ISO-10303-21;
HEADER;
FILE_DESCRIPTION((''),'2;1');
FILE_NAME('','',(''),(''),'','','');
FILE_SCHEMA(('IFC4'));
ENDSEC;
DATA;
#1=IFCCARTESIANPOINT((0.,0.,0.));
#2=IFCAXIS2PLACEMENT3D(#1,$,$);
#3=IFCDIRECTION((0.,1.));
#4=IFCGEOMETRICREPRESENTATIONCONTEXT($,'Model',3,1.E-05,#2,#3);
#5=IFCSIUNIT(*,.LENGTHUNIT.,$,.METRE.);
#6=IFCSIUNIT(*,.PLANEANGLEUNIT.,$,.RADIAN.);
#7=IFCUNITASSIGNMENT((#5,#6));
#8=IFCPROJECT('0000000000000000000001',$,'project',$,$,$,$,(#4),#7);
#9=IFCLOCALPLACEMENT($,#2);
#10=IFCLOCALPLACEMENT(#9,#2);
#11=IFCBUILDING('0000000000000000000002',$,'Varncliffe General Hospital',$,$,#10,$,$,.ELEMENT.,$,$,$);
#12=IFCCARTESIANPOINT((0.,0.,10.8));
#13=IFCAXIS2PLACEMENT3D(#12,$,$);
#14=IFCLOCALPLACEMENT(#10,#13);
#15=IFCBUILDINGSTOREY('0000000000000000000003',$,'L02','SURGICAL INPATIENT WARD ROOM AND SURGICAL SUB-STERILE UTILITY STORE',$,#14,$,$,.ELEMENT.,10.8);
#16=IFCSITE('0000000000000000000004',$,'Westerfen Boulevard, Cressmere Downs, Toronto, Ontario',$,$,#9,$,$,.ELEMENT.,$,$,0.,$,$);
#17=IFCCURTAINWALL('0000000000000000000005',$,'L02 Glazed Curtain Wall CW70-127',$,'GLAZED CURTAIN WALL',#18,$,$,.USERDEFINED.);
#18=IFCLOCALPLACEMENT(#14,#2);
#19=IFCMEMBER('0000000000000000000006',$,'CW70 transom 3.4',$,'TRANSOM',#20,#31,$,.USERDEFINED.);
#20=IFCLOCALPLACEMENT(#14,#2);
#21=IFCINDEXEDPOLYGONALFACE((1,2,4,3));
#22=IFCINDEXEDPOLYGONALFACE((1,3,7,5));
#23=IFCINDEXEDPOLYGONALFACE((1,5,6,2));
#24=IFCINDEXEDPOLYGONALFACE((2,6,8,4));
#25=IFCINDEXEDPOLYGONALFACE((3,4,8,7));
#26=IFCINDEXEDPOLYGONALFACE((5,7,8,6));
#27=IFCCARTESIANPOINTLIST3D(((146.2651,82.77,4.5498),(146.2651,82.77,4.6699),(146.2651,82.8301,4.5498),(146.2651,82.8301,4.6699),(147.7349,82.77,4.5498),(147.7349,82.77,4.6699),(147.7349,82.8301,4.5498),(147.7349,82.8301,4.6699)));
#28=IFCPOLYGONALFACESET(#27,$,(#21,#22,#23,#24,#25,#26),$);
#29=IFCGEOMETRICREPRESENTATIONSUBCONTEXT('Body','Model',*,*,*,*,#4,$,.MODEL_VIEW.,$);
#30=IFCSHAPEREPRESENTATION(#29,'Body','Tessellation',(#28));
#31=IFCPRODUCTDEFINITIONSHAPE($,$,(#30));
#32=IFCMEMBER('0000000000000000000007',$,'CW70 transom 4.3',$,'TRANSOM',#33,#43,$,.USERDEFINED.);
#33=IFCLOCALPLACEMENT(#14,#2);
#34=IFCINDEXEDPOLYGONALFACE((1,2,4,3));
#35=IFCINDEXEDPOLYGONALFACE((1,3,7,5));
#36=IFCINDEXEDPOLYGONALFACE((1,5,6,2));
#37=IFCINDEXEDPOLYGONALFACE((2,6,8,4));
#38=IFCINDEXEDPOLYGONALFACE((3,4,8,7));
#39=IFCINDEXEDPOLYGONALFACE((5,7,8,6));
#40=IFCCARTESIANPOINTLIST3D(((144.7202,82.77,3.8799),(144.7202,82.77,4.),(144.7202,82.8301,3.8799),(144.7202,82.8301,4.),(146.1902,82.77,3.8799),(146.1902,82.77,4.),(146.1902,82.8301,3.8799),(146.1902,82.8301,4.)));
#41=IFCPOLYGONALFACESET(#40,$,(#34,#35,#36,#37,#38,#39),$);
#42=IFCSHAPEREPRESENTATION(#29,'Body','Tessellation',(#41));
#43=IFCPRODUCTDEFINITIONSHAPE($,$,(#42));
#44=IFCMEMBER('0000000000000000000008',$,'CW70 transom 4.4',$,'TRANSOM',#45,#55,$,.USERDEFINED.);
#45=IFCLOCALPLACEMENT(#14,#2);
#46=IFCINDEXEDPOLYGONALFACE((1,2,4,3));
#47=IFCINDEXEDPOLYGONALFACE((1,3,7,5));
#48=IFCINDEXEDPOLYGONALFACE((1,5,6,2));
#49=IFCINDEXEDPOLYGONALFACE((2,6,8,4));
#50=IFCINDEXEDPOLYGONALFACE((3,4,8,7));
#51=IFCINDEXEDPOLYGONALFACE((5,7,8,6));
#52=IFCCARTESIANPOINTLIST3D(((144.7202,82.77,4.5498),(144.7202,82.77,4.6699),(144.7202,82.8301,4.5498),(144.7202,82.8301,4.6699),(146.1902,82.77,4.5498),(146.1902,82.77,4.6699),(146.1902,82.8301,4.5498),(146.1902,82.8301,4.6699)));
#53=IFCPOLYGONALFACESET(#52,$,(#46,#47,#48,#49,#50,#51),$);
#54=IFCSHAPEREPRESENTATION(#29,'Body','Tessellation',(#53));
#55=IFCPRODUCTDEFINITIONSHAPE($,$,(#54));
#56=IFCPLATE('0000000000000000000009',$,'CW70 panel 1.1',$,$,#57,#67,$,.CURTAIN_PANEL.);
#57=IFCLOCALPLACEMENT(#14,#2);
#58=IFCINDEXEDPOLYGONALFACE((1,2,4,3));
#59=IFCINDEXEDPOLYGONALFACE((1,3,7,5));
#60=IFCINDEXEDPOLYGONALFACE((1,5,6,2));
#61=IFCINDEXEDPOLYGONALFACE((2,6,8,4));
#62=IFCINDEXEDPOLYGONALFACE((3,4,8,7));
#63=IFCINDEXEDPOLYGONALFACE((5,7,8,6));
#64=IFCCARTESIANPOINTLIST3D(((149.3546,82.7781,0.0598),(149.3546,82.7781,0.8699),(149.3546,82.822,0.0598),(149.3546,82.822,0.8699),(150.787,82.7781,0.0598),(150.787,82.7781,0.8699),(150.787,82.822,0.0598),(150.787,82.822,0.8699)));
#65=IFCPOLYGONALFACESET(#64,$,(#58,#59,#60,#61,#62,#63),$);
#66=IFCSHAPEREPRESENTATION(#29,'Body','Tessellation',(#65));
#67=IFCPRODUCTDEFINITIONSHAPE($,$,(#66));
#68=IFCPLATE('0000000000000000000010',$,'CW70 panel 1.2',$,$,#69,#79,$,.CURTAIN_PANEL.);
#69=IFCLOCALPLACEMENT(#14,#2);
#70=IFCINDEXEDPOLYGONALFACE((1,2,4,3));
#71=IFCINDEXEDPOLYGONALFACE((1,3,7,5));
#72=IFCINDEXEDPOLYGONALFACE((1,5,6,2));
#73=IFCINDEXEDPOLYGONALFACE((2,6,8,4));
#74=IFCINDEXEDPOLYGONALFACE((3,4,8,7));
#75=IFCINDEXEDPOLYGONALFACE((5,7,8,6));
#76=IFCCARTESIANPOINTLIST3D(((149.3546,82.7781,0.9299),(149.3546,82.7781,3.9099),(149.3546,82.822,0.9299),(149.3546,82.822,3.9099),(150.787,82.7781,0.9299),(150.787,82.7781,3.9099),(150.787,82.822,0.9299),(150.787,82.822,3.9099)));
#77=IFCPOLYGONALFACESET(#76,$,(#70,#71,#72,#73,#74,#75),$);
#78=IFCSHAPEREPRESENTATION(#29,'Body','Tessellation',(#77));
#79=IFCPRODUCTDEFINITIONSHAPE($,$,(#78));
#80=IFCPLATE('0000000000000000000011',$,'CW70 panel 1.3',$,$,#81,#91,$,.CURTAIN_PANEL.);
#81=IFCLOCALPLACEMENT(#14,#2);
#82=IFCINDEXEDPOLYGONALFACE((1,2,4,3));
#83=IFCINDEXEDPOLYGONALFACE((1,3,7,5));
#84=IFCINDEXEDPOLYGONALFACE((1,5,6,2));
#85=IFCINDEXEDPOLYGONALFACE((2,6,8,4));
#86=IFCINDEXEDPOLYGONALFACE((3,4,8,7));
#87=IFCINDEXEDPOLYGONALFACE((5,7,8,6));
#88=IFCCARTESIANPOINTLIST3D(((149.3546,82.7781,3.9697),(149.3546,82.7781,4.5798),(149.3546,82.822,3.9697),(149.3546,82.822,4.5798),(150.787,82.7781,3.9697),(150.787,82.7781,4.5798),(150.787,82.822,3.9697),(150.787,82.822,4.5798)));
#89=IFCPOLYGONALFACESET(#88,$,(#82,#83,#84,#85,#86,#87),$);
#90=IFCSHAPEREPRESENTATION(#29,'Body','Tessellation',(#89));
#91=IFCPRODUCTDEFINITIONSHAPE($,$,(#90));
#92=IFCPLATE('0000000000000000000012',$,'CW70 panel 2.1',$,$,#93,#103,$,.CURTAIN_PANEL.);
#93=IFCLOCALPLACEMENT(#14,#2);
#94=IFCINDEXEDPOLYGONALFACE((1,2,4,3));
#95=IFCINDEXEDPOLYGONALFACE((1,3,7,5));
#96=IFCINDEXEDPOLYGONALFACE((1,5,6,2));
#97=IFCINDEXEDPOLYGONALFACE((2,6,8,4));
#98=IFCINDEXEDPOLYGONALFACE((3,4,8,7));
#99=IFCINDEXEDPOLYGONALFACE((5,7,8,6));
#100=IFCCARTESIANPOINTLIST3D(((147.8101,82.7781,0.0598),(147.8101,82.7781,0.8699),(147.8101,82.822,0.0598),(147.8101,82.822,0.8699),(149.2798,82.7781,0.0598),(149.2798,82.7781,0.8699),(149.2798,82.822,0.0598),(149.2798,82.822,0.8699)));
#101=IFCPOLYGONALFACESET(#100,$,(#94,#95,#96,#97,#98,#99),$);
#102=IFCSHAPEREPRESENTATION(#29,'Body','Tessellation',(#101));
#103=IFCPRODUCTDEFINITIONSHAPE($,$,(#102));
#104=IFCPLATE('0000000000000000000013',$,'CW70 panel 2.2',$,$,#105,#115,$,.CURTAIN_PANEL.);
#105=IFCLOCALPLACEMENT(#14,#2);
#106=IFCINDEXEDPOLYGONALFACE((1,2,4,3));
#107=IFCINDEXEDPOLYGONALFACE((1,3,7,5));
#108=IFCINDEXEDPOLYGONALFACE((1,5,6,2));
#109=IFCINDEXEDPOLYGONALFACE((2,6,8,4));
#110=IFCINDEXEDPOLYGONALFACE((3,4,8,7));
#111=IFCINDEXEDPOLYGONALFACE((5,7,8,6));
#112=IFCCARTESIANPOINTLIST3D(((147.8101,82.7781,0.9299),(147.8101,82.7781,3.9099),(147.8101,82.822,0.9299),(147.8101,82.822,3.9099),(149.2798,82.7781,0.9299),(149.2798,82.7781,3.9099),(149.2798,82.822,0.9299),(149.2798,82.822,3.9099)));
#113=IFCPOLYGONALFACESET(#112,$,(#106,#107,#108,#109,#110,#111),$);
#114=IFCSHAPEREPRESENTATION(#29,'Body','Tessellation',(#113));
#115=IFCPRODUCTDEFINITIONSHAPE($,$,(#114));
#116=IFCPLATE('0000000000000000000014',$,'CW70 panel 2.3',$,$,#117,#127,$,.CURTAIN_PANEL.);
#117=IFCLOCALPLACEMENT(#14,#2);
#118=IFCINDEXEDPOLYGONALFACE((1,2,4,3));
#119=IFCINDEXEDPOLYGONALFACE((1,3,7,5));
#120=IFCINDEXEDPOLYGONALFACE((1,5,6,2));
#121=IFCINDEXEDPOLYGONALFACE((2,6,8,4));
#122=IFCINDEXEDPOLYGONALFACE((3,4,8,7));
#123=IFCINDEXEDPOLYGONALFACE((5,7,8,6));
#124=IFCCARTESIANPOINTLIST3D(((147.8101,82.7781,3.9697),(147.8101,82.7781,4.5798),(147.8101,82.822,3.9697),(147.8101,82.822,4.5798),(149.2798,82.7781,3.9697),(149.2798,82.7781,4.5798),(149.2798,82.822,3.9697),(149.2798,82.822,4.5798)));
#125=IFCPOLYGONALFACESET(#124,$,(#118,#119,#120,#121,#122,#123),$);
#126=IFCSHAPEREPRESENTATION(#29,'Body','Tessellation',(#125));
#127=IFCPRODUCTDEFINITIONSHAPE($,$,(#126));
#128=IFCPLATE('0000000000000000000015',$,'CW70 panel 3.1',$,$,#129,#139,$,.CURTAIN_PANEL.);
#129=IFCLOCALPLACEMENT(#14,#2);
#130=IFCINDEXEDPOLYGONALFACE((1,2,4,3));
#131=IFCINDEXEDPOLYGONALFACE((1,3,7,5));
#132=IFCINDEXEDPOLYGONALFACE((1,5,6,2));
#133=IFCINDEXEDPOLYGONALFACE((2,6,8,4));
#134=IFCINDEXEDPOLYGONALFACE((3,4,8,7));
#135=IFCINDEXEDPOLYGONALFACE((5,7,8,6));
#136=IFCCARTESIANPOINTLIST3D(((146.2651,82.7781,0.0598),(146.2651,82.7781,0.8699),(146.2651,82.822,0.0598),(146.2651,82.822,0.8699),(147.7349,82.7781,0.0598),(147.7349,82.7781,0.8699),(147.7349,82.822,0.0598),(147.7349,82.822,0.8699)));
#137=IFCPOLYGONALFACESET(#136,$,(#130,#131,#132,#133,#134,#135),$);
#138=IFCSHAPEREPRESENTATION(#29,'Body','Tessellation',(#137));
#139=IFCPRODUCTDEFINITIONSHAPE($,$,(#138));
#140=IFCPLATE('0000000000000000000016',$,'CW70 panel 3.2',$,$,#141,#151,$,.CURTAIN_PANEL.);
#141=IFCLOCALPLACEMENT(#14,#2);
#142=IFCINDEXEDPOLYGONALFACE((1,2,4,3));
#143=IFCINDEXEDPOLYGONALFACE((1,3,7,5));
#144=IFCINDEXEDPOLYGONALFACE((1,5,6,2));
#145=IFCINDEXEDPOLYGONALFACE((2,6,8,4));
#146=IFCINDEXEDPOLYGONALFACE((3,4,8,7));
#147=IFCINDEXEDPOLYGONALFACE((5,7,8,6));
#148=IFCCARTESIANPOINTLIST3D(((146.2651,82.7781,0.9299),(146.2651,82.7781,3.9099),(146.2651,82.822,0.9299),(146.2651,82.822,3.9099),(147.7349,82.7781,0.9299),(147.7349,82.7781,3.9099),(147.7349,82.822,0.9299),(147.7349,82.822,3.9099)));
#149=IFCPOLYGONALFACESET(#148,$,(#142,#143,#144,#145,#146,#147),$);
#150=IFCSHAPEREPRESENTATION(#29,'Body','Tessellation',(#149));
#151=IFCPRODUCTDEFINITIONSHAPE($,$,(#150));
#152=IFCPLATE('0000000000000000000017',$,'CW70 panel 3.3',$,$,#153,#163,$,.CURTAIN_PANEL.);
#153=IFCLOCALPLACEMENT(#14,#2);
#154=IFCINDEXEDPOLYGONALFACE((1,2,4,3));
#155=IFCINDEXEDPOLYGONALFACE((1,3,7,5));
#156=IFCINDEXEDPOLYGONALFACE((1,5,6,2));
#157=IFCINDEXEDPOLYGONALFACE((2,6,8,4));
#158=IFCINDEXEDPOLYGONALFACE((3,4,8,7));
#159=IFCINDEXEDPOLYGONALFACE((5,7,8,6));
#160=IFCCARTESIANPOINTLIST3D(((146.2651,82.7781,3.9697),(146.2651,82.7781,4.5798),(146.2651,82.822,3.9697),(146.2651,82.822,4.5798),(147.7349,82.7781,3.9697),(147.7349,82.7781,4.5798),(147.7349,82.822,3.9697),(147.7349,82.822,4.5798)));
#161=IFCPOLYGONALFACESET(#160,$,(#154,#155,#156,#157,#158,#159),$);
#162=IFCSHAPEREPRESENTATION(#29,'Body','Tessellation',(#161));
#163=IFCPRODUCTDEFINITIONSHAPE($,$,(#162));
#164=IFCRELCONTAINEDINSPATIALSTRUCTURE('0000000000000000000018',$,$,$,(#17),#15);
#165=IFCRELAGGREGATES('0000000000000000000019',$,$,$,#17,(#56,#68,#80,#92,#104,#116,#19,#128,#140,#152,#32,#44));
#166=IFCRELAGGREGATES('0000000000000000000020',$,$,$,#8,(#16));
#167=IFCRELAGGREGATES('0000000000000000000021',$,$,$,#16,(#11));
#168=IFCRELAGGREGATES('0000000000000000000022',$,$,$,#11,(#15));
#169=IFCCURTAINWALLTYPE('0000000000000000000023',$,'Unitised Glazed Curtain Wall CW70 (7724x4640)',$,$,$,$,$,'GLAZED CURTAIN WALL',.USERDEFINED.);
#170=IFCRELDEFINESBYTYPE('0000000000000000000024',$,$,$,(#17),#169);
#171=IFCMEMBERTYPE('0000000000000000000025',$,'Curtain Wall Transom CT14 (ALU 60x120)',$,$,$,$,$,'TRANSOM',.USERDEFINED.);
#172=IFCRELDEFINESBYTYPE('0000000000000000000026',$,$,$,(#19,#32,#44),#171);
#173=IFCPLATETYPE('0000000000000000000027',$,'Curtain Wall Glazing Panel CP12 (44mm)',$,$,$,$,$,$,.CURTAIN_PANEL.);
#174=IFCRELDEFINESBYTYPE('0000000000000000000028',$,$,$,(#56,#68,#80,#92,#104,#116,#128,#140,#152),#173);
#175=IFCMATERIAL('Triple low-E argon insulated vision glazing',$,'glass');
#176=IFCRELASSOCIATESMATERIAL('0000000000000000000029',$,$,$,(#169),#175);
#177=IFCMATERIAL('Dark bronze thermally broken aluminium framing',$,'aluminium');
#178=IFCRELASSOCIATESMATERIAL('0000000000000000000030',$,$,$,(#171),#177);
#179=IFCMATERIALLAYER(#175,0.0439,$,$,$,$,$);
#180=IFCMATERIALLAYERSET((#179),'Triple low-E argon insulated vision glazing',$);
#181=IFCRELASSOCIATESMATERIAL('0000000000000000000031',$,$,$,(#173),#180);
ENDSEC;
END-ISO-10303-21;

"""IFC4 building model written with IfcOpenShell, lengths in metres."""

from ifc_helpers import new_model, si_unit, direction, frame, origin, origin_2d, place, context, subcontext, project, spatial, rectangle, extrude, material, layer, layer_set, material_profile, profile_set, type_object, element, aggregate, save


model = new_model("IFC4")

# Units and contexts
model_context = context("Model", 3, precision=1e-05, world=origin(), true_north=direction((0.0, 1.0)))
body_context = subcontext(model_context, "Body", "Model", "MODEL_VIEW")
ifc_project = project(units=[si_unit("LENGTHUNIT", "METRE"), si_unit("PLANEANGLEUNIT", "RADIAN")], contexts=[model_context])

# Site, building, storey
site_placement = place(None, origin())
site = spatial("IfcSite", under=ifc_project, at=site_placement, Name="Westerfen Boulevard, Cressmere Downs, Toronto, Ontario", CompositionType="ELEMENT", RefElevation=0.0)
building_placement = place(site_placement, origin())
building = spatial("IfcBuilding", under=site, at=building_placement, Name="Varncliffe General Hospital", CompositionType="ELEMENT")
storey_placement = place(building_placement, frame((0.0, 0.0, 10.8)))
storey = spatial("IfcBuildingStorey", under=building, at=storey_placement, Name="L02", Description="SURGICAL INPATIENT WARD ROOM AND SURGICAL SUB-STERILE UTILITY STORE", CompositionType="ELEMENT", Elevation=10.8)

# Curtain wall, members, plates
ifc_material_1 = material(Name="Triple low-E argon insulated vision glazing", Category="glass")
curtain_wall_type = type_object("IfcCurtainWallType", Name="Unitised Glazed Curtain Wall CW70 (7724x4640)", ElementType="GLAZED CURTAIN WALL", PredefinedType="USERDEFINED", material=ifc_material_1)
curtain_wall_placement = place(storey_placement, origin())
curtain_wall = element("IfcCurtainWall", 1, at=curtain_wall_placement, inside=storey, type_object=curtain_wall_type, Name="L02 Glazed Curtain Wall CW70-127", ObjectType="GLAZED CURTAIN WALL", PredefinedType="USERDEFINED")
ifc_material_2 = material(Name="Dark bronze thermally broken aluminium framing", Category="aluminium")
ifc_material_profile_1 = material_profile(ifc_material_2, rectangle(XDim=0.0601, YDim=0.1201, at=origin_2d()), Name="ALU 60x120")
ifc_profile_set_1 = profile_set([ifc_material_profile_1], Name="Dark bronze thermally broken aluminium framing")
member_type_1 = type_object("IfcMemberType", Name="Curtain Wall Transom CT14 (ALU 60x120)", ElementType="TRANSOM", PredefinedType="USERDEFINED", material=ifc_profile_set_1)
member_1_placement = place(storey_placement, frame((147.7349, 82.8, 4.6099), z_axis=(-1.0, 0.0, 0.0), x_axis=(0.0, -1.0, 0.0)))
member_1 = element("IfcMember", 2, at=member_1_placement, type_object=member_type_1, Name="CW70 transom 3.4", ObjectType="TRANSOM", PredefinedType="USERDEFINED", context=body_context, shape_type="SweptSolid", body=[
    extrude(rectangle(XDim=0.0601, YDim=0.1201, at=origin_2d()), origin(), (0.0, 0.0, 1.0), 1.4697),
])
member_2_placement = place(storey_placement, frame((146.1902, 82.8, 3.9399), z_axis=(-1.0, 0.0, 0.0), x_axis=(0.0, -1.0, 0.0)))
member_2 = element("IfcMember", 3, at=member_2_placement, type_object=member_type_1, Name="CW70 transom 4.3", ObjectType="TRANSOM", PredefinedType="USERDEFINED", context=body_context, shape_type="SweptSolid", body=[
    extrude(rectangle(XDim=0.0601, YDim=0.1201, at=origin_2d()), origin(), (0.0, 0.0, 1.0), 1.47),
])
member_3_placement = place(storey_placement, frame((146.1902, 82.8, 4.6099), z_axis=(-1.0, 0.0, 0.0), x_axis=(0.0, -1.0, 0.0)))
member_3 = element("IfcMember", 4, at=member_3_placement, type_object=member_type_1, Name="CW70 transom 4.4", ObjectType="TRANSOM", PredefinedType="USERDEFINED", context=body_context, shape_type="SweptSolid", body=[
    extrude(rectangle(XDim=0.0601, YDim=0.1201, at=origin_2d()), origin(), (0.0, 0.0, 1.0), 1.47),
])
ifc_layer = layer(ifc_material_1, 0.0439)
ifc_layer_set = layer_set([ifc_layer], Name="Triple low-E argon insulated vision glazing")
plate_type = type_object("IfcPlateType", Name="Curtain Wall Glazing Panel CP12 (44mm)", PredefinedType="CURTAIN_PANEL", material=ifc_layer_set)
plate_1_placement = place(storey_placement, frame((150.0708, 82.8, 0.0598), z_axis=(0.0, 0.0, 1.0), x_axis=(-1.0, 0.0, 0.0)))
plate_1 = element("IfcPlate", 5, at=plate_1_placement, type_object=plate_type, Name="CW70 panel 1.1", PredefinedType="CURTAIN_PANEL", context=body_context, shape_type="SweptSolid", body=[
    extrude(rectangle(XDim=1.4324, YDim=0.0439, at=origin_2d()), origin(), (0.0, 0.0, 1.0), 0.8101),
])
plate_2_placement = place(storey_placement, frame((150.0708, 82.8, 0.9299), z_axis=(0.0, 0.0, 1.0), x_axis=(-1.0, 0.0, 0.0)))
plate_2 = element("IfcPlate", 6, at=plate_2_placement, type_object=plate_type, Name="CW70 panel 1.2", PredefinedType="CURTAIN_PANEL", context=body_context, shape_type="SweptSolid", body=[
    extrude(rectangle(XDim=1.4324, YDim=0.0439, at=origin_2d()), origin(), (0.0, 0.0, 1.0), 2.98),
])
plate_3_placement = place(storey_placement, frame((150.0708, 82.8, 3.9697), z_axis=(0.0, 0.0, 1.0), x_axis=(-1.0, 0.0, 0.0)))
plate_3 = element("IfcPlate", 7, at=plate_3_placement, type_object=plate_type, Name="CW70 panel 1.3", PredefinedType="CURTAIN_PANEL", context=body_context, shape_type="SweptSolid", body=[
    extrude(rectangle(XDim=1.4324, YDim=0.0439, at=origin_2d()), origin(), (0.0, 0.0, 1.0), 0.6101),
])
plate_4_placement = place(storey_placement, frame((148.5449, 82.8, 0.0598), z_axis=(0.0, 0.0, 1.0), x_axis=(-1.0, 0.0, 0.0)))
plate_4 = element("IfcPlate", 8, at=plate_4_placement, type_object=plate_type, Name="CW70 panel 2.1", PredefinedType="CURTAIN_PANEL", context=body_context, shape_type="SweptSolid", body=[
    extrude(rectangle(XDim=1.4697, YDim=0.0439, at=origin_2d()), origin(), (0.0, 0.0, 1.0), 0.8101),
])
plate_5_placement = place(storey_placement, frame((148.5449, 82.8, 0.9299), z_axis=(0.0, 0.0, 1.0), x_axis=(-1.0, 0.0, 0.0)))
plate_5 = element("IfcPlate", 9, at=plate_5_placement, type_object=plate_type, Name="CW70 panel 2.2", PredefinedType="CURTAIN_PANEL", context=body_context, shape_type="SweptSolid", body=[
    extrude(rectangle(XDim=1.4697, YDim=0.0439, at=origin_2d()), origin(), (0.0, 0.0, 1.0), 2.98),
])
plate_6_placement = place(storey_placement, frame((148.5449, 82.8, 3.9697), z_axis=(0.0, 0.0, 1.0), x_axis=(-1.0, 0.0, 0.0)))
plate_6 = element("IfcPlate", 10, at=plate_6_placement, type_object=plate_type, Name="CW70 panel 2.3", PredefinedType="CURTAIN_PANEL", context=body_context, shape_type="SweptSolid", body=[
    extrude(rectangle(XDim=1.4697, YDim=0.0439, at=origin_2d()), origin(), (0.0, 0.0, 1.0), 0.6101),
])
plate_7_placement = place(storey_placement, frame((147.0, 82.8, 0.0598), z_axis=(0.0, 0.0, 1.0), x_axis=(-1.0, 0.0, 0.0)))
plate_7 = element("IfcPlate", 11, at=plate_7_placement, type_object=plate_type, Name="CW70 panel 3.1", PredefinedType="CURTAIN_PANEL", context=body_context, shape_type="SweptSolid", body=[
    extrude(rectangle(XDim=1.4697, YDim=0.0439, at=origin_2d()), origin(), (0.0, 0.0, 1.0), 0.8101),
])
plate_8_placement = place(storey_placement, frame((147.0, 82.8, 0.9299), z_axis=(0.0, 0.0, 1.0), x_axis=(-1.0, 0.0, 0.0)))
plate_8 = element("IfcPlate", 12, at=plate_8_placement, type_object=plate_type, Name="CW70 panel 3.2", PredefinedType="CURTAIN_PANEL", context=body_context, shape_type="SweptSolid", body=[
    extrude(rectangle(XDim=1.4697, YDim=0.0439, at=origin_2d()), origin(), (0.0, 0.0, 1.0), 2.98),
])
plate_9_placement = place(storey_placement, frame((147.0, 82.8, 3.9697), z_axis=(0.0, 0.0, 1.0), x_axis=(-1.0, 0.0, 0.0)))
plate_9 = element("IfcPlate", 13, at=plate_9_placement, type_object=plate_type, Name="CW70 panel 3.3", PredefinedType="CURTAIN_PANEL", context=body_context, shape_type="SweptSolid", body=[
    extrude(rectangle(XDim=1.4697, YDim=0.0439, at=origin_2d()), origin(), (0.0, 0.0, 1.0), 0.6101),
])
aggregate(curtain_wall, [plate_1, plate_2, plate_3, plate_4, plate_5, plate_6, member_1, plate_7, plate_8, plate_9, member_2, member_3])

save(model, "model.ifc")
